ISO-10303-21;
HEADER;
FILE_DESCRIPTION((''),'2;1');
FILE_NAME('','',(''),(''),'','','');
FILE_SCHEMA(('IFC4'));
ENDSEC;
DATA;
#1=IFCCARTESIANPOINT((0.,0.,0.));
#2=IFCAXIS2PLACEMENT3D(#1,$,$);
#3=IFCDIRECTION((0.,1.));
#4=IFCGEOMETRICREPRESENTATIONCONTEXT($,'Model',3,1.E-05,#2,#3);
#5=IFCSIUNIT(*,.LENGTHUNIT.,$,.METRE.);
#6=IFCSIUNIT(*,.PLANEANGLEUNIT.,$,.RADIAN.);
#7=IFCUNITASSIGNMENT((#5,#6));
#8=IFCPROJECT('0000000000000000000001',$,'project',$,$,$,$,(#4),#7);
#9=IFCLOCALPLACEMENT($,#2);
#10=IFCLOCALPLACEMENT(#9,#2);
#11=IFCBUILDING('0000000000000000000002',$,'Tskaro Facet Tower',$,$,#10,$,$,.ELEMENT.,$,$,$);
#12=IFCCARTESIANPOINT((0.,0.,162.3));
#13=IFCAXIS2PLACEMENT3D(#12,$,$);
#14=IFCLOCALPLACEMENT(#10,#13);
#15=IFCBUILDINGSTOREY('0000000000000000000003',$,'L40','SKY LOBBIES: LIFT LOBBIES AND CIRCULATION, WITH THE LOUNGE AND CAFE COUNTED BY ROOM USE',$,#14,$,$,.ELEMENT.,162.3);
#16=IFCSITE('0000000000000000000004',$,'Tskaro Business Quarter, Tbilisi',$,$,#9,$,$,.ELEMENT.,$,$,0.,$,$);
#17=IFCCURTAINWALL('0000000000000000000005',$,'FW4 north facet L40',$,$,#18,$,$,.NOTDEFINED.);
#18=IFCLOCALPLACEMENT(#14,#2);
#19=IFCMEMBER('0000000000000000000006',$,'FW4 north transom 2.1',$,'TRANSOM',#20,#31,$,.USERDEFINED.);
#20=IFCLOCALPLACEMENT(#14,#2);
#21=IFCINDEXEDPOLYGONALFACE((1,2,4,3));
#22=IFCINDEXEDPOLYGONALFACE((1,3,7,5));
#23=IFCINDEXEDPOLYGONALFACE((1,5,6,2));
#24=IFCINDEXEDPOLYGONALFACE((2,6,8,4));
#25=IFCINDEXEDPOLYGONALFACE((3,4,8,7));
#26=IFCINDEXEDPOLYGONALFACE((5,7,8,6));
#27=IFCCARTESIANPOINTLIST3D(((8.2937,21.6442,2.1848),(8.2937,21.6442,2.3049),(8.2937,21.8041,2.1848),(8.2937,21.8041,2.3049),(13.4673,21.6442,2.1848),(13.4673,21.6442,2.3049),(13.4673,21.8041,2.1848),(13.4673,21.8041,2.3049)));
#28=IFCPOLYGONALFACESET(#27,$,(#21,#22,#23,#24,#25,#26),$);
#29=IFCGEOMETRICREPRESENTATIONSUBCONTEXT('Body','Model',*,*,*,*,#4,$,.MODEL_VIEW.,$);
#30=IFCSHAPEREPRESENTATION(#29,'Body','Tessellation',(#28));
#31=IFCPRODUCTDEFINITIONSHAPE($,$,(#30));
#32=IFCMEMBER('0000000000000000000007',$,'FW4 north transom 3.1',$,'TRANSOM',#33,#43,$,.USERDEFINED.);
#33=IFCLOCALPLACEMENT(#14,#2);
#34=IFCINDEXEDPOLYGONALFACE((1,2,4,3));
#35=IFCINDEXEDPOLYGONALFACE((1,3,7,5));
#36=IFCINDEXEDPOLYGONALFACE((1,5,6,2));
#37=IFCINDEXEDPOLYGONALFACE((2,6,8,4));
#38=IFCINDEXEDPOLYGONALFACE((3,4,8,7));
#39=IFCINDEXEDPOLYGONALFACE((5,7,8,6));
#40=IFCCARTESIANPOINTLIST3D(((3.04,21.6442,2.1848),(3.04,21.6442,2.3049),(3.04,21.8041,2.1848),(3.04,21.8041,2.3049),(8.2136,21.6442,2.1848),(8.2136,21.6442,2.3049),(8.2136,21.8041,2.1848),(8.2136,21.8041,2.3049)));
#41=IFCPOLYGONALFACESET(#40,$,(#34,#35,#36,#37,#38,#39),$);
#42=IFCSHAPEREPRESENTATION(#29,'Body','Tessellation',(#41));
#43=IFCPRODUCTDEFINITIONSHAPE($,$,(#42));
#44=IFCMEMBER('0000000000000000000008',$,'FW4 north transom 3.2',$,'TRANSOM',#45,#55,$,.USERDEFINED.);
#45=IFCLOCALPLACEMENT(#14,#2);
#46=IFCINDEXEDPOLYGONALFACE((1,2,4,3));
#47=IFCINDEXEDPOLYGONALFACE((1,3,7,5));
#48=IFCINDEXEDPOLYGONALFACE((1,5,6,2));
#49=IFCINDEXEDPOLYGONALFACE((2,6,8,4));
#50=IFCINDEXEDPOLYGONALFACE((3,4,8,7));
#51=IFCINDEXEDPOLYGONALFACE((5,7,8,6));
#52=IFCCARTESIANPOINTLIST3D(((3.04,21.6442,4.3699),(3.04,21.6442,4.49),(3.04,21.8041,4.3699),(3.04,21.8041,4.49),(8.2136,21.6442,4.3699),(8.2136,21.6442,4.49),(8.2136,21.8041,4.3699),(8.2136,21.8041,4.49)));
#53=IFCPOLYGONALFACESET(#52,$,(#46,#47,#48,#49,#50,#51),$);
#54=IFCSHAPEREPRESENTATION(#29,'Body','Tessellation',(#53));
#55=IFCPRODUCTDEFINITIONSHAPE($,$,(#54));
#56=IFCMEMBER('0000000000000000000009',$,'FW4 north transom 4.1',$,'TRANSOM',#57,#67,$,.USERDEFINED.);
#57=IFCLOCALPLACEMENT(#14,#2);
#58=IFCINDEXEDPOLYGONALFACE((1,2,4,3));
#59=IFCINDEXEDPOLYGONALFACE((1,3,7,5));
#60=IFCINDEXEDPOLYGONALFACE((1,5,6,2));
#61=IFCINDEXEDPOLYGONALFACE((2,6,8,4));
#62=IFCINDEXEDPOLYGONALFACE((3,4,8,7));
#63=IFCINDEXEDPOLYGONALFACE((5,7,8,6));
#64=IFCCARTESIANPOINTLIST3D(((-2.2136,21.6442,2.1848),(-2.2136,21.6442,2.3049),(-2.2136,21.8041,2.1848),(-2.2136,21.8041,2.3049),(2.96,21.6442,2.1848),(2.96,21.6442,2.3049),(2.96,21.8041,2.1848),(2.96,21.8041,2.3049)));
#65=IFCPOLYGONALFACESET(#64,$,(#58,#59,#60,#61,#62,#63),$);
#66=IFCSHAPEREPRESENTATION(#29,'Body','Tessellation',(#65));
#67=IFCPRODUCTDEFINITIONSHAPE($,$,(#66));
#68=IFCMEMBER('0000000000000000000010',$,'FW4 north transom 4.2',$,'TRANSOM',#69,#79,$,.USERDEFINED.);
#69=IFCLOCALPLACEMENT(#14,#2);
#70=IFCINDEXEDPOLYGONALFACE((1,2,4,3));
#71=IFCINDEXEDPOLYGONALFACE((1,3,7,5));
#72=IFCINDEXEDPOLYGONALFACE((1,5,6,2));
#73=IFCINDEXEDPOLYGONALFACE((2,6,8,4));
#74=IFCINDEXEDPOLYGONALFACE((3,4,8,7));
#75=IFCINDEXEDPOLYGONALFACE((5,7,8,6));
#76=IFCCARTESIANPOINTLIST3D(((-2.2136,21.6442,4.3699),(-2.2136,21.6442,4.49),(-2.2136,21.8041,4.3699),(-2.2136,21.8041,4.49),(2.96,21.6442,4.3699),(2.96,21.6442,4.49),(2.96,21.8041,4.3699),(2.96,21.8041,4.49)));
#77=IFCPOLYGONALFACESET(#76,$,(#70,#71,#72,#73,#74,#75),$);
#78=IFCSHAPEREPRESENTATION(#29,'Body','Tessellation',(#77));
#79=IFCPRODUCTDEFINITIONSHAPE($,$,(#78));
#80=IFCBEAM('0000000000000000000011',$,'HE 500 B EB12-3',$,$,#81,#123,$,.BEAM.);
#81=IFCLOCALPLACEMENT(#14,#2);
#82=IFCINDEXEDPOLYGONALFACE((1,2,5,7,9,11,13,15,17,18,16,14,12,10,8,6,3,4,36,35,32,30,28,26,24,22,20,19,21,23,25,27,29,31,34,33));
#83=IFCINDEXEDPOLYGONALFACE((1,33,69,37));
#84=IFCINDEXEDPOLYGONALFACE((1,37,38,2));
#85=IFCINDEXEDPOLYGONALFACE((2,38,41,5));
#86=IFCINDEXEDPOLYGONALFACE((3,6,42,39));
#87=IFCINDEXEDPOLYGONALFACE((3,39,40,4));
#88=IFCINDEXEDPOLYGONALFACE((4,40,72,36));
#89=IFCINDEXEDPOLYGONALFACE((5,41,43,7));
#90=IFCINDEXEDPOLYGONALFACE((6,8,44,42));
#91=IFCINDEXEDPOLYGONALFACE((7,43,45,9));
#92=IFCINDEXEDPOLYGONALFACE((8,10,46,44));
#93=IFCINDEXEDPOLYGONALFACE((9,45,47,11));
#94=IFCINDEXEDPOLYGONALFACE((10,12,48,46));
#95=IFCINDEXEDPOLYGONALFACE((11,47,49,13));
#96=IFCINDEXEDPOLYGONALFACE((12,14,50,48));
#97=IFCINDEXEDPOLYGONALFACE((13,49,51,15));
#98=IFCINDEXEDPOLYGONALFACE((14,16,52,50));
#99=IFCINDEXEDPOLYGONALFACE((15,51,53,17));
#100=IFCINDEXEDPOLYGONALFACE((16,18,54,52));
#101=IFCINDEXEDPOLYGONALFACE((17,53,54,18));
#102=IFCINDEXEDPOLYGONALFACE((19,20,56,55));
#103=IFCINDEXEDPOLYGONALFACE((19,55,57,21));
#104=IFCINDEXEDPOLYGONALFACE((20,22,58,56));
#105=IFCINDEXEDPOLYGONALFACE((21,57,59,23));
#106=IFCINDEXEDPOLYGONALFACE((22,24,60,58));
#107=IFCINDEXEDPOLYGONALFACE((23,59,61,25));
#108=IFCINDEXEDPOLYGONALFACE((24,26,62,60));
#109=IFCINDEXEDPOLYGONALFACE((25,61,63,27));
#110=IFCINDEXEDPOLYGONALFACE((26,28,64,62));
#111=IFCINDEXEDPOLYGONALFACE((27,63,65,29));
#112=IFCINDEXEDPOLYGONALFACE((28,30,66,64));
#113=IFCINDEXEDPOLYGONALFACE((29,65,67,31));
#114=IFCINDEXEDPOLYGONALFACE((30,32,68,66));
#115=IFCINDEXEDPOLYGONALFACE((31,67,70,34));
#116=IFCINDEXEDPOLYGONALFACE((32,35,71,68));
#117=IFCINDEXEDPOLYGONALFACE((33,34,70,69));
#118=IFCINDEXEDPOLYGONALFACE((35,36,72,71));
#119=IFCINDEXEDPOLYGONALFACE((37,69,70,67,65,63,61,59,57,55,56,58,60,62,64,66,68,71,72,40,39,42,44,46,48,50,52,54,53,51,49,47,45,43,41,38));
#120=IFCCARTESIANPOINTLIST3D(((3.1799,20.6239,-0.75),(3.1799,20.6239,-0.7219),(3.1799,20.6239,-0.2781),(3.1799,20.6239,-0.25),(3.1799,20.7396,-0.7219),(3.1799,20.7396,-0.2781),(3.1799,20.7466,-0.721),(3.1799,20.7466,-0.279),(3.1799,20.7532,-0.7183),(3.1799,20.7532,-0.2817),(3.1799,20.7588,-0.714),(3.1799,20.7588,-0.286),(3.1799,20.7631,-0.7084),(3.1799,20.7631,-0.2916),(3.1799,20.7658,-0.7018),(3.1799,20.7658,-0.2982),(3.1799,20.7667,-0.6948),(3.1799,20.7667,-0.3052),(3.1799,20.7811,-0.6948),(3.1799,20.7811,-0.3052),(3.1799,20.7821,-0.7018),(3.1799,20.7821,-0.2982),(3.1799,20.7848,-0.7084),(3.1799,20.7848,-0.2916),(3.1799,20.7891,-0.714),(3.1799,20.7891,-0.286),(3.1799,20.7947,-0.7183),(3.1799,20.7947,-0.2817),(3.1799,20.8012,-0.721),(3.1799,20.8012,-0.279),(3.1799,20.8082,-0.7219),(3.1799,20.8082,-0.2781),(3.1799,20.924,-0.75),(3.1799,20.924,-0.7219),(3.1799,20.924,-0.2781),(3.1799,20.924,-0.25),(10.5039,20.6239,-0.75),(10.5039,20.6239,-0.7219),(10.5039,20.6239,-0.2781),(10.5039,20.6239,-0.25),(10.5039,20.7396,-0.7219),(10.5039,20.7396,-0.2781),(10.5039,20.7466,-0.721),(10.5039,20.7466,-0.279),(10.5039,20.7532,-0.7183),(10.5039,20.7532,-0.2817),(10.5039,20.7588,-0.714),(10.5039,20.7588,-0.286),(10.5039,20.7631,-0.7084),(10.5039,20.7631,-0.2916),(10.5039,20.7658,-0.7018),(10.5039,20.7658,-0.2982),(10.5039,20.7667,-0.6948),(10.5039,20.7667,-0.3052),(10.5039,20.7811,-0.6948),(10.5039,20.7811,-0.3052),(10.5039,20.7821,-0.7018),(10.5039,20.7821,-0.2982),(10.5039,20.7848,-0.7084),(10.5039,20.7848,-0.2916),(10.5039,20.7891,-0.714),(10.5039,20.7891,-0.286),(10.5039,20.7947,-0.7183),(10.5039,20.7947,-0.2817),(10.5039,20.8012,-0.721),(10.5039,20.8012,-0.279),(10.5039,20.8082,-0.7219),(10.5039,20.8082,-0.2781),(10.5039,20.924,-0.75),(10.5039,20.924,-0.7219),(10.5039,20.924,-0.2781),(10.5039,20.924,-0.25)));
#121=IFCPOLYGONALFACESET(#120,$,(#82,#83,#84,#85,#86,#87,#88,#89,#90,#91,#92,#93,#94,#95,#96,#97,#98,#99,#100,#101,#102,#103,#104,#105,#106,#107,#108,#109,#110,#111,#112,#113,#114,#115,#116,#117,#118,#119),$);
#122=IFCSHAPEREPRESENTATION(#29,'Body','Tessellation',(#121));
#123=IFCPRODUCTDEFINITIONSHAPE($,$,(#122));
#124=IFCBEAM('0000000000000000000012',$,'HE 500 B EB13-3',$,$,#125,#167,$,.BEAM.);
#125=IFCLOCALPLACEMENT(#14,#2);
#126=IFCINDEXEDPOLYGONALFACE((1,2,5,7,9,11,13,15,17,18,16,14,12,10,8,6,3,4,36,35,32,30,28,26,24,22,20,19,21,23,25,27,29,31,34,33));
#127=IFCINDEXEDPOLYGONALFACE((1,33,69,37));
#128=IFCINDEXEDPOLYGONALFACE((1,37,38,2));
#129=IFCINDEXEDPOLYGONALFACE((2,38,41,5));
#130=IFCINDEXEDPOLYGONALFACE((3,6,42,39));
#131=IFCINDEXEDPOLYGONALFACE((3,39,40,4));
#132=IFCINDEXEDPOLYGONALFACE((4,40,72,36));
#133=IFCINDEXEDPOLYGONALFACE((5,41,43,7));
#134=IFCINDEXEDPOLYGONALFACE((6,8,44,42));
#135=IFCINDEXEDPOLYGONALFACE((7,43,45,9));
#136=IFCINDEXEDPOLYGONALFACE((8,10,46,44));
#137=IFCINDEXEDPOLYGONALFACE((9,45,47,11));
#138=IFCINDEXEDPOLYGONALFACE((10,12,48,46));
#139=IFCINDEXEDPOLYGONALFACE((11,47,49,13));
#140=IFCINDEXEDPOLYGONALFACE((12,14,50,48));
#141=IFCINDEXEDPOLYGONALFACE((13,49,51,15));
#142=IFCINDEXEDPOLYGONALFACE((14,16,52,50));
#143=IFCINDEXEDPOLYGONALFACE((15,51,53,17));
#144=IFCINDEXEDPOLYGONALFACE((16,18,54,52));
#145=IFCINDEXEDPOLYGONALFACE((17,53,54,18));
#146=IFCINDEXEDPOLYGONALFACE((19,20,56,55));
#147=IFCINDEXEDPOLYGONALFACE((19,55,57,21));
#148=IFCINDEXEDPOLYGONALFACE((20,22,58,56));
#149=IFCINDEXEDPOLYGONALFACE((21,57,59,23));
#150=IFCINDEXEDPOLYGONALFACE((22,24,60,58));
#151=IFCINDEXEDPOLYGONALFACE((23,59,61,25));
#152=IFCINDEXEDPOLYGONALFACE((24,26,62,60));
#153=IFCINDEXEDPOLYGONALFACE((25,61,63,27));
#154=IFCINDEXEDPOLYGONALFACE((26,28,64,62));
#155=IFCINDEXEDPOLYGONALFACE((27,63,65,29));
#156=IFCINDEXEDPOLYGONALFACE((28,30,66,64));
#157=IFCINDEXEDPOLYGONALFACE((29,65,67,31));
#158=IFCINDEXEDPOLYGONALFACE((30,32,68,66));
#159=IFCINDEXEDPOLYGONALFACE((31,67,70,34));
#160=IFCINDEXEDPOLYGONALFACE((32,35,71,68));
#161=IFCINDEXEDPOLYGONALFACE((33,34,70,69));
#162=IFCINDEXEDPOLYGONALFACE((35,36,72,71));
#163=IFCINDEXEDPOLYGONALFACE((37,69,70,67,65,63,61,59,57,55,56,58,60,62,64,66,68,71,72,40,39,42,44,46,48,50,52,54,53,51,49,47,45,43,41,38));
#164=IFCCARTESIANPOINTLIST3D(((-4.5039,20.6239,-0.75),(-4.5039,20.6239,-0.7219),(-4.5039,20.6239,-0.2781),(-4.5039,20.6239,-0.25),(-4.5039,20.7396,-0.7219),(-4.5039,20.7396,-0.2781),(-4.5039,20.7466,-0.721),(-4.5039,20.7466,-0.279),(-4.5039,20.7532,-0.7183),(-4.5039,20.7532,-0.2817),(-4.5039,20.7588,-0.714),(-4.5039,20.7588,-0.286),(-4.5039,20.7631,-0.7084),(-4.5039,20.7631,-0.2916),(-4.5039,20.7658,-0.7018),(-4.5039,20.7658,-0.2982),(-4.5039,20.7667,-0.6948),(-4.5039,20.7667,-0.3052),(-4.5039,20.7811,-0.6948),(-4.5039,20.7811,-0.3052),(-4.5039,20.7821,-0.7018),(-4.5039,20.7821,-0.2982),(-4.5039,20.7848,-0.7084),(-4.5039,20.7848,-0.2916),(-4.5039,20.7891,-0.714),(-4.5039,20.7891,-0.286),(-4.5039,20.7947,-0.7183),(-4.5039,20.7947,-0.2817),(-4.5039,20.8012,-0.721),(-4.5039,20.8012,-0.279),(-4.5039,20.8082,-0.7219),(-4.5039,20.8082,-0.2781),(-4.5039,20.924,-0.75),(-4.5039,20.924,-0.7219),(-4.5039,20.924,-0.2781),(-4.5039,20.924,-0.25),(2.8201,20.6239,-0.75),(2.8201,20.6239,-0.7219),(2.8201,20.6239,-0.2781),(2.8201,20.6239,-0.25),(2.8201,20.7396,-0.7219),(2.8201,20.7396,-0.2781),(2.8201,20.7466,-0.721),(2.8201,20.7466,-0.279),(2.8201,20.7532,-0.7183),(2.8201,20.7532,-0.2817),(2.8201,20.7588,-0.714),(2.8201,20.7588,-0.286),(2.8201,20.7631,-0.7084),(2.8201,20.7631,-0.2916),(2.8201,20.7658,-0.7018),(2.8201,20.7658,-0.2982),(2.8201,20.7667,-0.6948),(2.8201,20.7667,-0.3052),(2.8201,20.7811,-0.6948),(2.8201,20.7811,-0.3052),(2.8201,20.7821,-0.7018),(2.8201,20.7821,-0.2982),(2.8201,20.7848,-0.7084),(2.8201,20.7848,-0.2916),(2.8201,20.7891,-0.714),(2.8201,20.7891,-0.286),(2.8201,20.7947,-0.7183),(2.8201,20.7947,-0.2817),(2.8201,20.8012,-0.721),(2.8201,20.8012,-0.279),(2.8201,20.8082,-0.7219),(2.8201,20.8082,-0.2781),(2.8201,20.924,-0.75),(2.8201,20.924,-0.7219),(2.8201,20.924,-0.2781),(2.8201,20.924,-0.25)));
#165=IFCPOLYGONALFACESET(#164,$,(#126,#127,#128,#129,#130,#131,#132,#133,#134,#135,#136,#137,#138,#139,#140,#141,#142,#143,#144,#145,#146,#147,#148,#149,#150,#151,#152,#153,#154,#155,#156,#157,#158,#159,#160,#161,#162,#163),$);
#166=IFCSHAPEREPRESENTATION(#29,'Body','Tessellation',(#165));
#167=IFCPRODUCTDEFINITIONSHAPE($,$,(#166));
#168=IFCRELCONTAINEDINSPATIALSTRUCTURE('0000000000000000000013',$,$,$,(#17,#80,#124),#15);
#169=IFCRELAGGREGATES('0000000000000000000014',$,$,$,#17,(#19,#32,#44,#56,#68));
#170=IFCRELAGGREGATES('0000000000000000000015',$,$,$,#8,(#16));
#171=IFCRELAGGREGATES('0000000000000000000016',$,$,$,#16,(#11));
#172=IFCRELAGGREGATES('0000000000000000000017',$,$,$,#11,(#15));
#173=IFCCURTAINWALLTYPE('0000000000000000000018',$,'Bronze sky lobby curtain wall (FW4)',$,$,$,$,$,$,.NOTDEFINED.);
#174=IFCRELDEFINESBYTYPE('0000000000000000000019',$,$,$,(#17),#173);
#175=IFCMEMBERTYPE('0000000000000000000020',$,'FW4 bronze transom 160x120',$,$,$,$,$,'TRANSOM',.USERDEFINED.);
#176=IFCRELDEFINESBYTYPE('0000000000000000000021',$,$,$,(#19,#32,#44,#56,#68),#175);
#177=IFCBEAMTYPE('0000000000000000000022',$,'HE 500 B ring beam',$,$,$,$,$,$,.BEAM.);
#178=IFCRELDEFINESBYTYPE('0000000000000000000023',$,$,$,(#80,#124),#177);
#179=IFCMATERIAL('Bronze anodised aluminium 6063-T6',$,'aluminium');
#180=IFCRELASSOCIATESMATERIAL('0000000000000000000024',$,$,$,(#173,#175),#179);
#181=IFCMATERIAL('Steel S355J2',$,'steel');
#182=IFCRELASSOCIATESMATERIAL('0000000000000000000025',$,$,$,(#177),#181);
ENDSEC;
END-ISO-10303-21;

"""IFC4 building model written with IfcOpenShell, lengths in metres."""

from ifc_helpers import new_model, si_unit, direction, frame, origin, origin_2d, place, context, subcontext, project, spatial, rectangle, i_section, extrude, material, material_profile, profile_set, type_object, element, aggregate, save


model = new_model("IFC4")

# Units and contexts
model_context = context("Model", 3, precision=1e-05, world=origin(), true_north=direction((0.0, 1.0)))
body_context = subcontext(model_context, "Body", "Model", "MODEL_VIEW")
ifc_project = project(units=[si_unit("LENGTHUNIT", "METRE"), si_unit("PLANEANGLEUNIT", "RADIAN")], contexts=[model_context])

# Site, building, storey
site_placement = place(None, origin())
site = spatial("IfcSite", under=ifc_project, at=site_placement, Name="Tskaro Business Quarter, Tbilisi", CompositionType="ELEMENT", RefElevation=0.0)
building_placement = place(site_placement, origin())
building = spatial("IfcBuilding", under=site, at=building_placement, Name="Tskaro Facet Tower", CompositionType="ELEMENT")
storey_placement = place(building_placement, frame((0.0, 0.0, 162.3)))
storey = spatial("IfcBuildingStorey", under=building, at=storey_placement, Name="L40", Description="SKY LOBBIES: LIFT LOBBIES AND CIRCULATION, WITH THE LOUNGE AND CAFE COUNTED BY ROOM USE", CompositionType="ELEMENT", Elevation=162.3)

# Curtain wall, members
ifc_material_1 = material(Name="Bronze anodised aluminium 6063-T6", Category="aluminium")
curtain_wall_type = type_object("IfcCurtainWallType", Name="Bronze sky lobby curtain wall (FW4)", PredefinedType="NOTDEFINED", material=ifc_material_1)
curtain_wall_placement = place(storey_placement, origin())
curtain_wall = element("IfcCurtainWall", 1, at=curtain_wall_placement, inside=storey, type_object=curtain_wall_type, Name="FW4 north facet L40", PredefinedType="NOTDEFINED")
ifc_material_profile_1 = material_profile(ifc_material_1, rectangle(XDim=0.1599, YDim=0.1201, at=origin_2d()), Name="Transom 160x120")
ifc_profile_set_1 = profile_set([ifc_material_profile_1], Name="Bronze anodised aluminium 6063-T6")
member_type_1 = type_object("IfcMemberType", Name="FW4 bronze transom 160x120", ElementType="TRANSOM", PredefinedType="USERDEFINED", material=ifc_profile_set_1)
member_1_placement = place(storey_placement, frame((13.4673, 21.7241, 2.2449), z_axis=(-1.0, 0.0, 0.0), x_axis=(0.0, -1.0, 0.0)))
member_1 = element("IfcMember", 2, at=member_1_placement, type_object=member_type_1, Name="FW4 north transom 2.1", ObjectType="TRANSOM", PredefinedType="USERDEFINED", context=body_context, shape_type="SweptSolid", body=[
    extrude(rectangle(XDim=0.1599, YDim=0.1201, at=origin_2d()), origin(), (0.0, 0.0, 1.0), 5.1736),
])
member_2_placement = place(storey_placement, frame((8.2136, 21.7241, 2.2449), z_axis=(-1.0, 0.0, 0.0), x_axis=(0.0, -1.0, 0.0)))
member_2 = element("IfcMember", 3, at=member_2_placement, type_object=member_type_1, Name="FW4 north transom 3.1", ObjectType="TRANSOM", PredefinedType="USERDEFINED", context=body_context, shape_type="SweptSolid", body=[
    extrude(rectangle(XDim=0.1599, YDim=0.1201, at=origin_2d()), origin(), (0.0, 0.0, 1.0), 5.1736),
])
member_3_placement = place(storey_placement, frame((8.2136, 21.7241, 4.4299), z_axis=(-1.0, 0.0, 0.0), x_axis=(0.0, -1.0, 0.0)))
member_3 = element("IfcMember", 4, at=member_3_placement, type_object=member_type_1, Name="FW4 north transom 3.2", ObjectType="TRANSOM", PredefinedType="USERDEFINED", context=body_context, shape_type="SweptSolid", body=[
    extrude(rectangle(XDim=0.1599, YDim=0.1201, at=origin_2d()), origin(), (0.0, 0.0, 1.0), 5.1736),
])
member_4_placement = place(storey_placement, frame((2.96, 21.7241, 2.2449), z_axis=(-1.0, 0.0, 0.0), x_axis=(0.0, -1.0, 0.0)))
member_4 = element("IfcMember", 5, at=member_4_placement, type_object=member_type_1, Name="FW4 north transom 4.1", ObjectType="TRANSOM", PredefinedType="USERDEFINED", context=body_context, shape_type="SweptSolid", body=[
    extrude(rectangle(XDim=0.1599, YDim=0.1201, at=origin_2d()), origin(), (0.0, 0.0, 1.0), 5.1736),
])
member_5_placement = place(storey_placement, frame((2.96, 21.7241, 4.4299), z_axis=(-1.0, 0.0, 0.0), x_axis=(0.0, -1.0, 0.0)))
member_5 = element("IfcMember", 6, at=member_5_placement, type_object=member_type_1, Name="FW4 north transom 4.2", ObjectType="TRANSOM", PredefinedType="USERDEFINED", context=body_context, shape_type="SweptSolid", body=[
    extrude(rectangle(XDim=0.1599, YDim=0.1201, at=origin_2d()), origin(), (0.0, 0.0, 1.0), 5.1736),
])

# Beams
ifc_material_2 = material(Name="Steel S355J2", Category="steel")
ifc_material_profile_2 = material_profile(ifc_material_2, i_section(OverallWidth=0.3, OverallDepth=0.5, WebThickness=0.0144, FlangeThickness=0.0281, FilletRadius=0.0271, at=origin_2d()), Name="HE 500 B")
ifc_profile_set_2 = profile_set([ifc_material_profile_2], Name="Steel S355J2")
beam_type_1 = type_object("IfcBeamType", Name="HE 500 B ring beam", PredefinedType="BEAM", material=ifc_profile_set_2)
for number, where, z_axis, x_axis, name in (
    (7, (10.5039, 20.7739, -0.5), (-1.0, 0.0, 0.0), (0.0, -1.0, 0.0), "HE 500 B EB12-3"),
    (8, (2.8201, 20.7739, -0.5), (-1.0, 0.0, 0.0), (0.0, -1.0, 0.0), "HE 500 B EB13-3"),
):
    element("IfcBeam", number, at=place(storey_placement, frame(where, z_axis=z_axis, x_axis=x_axis)), inside=storey, type_object=beam_type_1, Name=name, PredefinedType="BEAM", context=body_context, shape_type="SweptSolid", body=[
        extrude(i_section(OverallWidth=0.3, OverallDepth=0.5, WebThickness=0.0144, FlangeThickness=0.0281, FilletRadius=0.0271, at=origin_2d()), origin(), (0.0, 0.0, 1.0), 7.324),
    ])

aggregate(curtain_wall, [member_1, member_2, member_3, member_4, member_5])

save(model, "model.ifc")
